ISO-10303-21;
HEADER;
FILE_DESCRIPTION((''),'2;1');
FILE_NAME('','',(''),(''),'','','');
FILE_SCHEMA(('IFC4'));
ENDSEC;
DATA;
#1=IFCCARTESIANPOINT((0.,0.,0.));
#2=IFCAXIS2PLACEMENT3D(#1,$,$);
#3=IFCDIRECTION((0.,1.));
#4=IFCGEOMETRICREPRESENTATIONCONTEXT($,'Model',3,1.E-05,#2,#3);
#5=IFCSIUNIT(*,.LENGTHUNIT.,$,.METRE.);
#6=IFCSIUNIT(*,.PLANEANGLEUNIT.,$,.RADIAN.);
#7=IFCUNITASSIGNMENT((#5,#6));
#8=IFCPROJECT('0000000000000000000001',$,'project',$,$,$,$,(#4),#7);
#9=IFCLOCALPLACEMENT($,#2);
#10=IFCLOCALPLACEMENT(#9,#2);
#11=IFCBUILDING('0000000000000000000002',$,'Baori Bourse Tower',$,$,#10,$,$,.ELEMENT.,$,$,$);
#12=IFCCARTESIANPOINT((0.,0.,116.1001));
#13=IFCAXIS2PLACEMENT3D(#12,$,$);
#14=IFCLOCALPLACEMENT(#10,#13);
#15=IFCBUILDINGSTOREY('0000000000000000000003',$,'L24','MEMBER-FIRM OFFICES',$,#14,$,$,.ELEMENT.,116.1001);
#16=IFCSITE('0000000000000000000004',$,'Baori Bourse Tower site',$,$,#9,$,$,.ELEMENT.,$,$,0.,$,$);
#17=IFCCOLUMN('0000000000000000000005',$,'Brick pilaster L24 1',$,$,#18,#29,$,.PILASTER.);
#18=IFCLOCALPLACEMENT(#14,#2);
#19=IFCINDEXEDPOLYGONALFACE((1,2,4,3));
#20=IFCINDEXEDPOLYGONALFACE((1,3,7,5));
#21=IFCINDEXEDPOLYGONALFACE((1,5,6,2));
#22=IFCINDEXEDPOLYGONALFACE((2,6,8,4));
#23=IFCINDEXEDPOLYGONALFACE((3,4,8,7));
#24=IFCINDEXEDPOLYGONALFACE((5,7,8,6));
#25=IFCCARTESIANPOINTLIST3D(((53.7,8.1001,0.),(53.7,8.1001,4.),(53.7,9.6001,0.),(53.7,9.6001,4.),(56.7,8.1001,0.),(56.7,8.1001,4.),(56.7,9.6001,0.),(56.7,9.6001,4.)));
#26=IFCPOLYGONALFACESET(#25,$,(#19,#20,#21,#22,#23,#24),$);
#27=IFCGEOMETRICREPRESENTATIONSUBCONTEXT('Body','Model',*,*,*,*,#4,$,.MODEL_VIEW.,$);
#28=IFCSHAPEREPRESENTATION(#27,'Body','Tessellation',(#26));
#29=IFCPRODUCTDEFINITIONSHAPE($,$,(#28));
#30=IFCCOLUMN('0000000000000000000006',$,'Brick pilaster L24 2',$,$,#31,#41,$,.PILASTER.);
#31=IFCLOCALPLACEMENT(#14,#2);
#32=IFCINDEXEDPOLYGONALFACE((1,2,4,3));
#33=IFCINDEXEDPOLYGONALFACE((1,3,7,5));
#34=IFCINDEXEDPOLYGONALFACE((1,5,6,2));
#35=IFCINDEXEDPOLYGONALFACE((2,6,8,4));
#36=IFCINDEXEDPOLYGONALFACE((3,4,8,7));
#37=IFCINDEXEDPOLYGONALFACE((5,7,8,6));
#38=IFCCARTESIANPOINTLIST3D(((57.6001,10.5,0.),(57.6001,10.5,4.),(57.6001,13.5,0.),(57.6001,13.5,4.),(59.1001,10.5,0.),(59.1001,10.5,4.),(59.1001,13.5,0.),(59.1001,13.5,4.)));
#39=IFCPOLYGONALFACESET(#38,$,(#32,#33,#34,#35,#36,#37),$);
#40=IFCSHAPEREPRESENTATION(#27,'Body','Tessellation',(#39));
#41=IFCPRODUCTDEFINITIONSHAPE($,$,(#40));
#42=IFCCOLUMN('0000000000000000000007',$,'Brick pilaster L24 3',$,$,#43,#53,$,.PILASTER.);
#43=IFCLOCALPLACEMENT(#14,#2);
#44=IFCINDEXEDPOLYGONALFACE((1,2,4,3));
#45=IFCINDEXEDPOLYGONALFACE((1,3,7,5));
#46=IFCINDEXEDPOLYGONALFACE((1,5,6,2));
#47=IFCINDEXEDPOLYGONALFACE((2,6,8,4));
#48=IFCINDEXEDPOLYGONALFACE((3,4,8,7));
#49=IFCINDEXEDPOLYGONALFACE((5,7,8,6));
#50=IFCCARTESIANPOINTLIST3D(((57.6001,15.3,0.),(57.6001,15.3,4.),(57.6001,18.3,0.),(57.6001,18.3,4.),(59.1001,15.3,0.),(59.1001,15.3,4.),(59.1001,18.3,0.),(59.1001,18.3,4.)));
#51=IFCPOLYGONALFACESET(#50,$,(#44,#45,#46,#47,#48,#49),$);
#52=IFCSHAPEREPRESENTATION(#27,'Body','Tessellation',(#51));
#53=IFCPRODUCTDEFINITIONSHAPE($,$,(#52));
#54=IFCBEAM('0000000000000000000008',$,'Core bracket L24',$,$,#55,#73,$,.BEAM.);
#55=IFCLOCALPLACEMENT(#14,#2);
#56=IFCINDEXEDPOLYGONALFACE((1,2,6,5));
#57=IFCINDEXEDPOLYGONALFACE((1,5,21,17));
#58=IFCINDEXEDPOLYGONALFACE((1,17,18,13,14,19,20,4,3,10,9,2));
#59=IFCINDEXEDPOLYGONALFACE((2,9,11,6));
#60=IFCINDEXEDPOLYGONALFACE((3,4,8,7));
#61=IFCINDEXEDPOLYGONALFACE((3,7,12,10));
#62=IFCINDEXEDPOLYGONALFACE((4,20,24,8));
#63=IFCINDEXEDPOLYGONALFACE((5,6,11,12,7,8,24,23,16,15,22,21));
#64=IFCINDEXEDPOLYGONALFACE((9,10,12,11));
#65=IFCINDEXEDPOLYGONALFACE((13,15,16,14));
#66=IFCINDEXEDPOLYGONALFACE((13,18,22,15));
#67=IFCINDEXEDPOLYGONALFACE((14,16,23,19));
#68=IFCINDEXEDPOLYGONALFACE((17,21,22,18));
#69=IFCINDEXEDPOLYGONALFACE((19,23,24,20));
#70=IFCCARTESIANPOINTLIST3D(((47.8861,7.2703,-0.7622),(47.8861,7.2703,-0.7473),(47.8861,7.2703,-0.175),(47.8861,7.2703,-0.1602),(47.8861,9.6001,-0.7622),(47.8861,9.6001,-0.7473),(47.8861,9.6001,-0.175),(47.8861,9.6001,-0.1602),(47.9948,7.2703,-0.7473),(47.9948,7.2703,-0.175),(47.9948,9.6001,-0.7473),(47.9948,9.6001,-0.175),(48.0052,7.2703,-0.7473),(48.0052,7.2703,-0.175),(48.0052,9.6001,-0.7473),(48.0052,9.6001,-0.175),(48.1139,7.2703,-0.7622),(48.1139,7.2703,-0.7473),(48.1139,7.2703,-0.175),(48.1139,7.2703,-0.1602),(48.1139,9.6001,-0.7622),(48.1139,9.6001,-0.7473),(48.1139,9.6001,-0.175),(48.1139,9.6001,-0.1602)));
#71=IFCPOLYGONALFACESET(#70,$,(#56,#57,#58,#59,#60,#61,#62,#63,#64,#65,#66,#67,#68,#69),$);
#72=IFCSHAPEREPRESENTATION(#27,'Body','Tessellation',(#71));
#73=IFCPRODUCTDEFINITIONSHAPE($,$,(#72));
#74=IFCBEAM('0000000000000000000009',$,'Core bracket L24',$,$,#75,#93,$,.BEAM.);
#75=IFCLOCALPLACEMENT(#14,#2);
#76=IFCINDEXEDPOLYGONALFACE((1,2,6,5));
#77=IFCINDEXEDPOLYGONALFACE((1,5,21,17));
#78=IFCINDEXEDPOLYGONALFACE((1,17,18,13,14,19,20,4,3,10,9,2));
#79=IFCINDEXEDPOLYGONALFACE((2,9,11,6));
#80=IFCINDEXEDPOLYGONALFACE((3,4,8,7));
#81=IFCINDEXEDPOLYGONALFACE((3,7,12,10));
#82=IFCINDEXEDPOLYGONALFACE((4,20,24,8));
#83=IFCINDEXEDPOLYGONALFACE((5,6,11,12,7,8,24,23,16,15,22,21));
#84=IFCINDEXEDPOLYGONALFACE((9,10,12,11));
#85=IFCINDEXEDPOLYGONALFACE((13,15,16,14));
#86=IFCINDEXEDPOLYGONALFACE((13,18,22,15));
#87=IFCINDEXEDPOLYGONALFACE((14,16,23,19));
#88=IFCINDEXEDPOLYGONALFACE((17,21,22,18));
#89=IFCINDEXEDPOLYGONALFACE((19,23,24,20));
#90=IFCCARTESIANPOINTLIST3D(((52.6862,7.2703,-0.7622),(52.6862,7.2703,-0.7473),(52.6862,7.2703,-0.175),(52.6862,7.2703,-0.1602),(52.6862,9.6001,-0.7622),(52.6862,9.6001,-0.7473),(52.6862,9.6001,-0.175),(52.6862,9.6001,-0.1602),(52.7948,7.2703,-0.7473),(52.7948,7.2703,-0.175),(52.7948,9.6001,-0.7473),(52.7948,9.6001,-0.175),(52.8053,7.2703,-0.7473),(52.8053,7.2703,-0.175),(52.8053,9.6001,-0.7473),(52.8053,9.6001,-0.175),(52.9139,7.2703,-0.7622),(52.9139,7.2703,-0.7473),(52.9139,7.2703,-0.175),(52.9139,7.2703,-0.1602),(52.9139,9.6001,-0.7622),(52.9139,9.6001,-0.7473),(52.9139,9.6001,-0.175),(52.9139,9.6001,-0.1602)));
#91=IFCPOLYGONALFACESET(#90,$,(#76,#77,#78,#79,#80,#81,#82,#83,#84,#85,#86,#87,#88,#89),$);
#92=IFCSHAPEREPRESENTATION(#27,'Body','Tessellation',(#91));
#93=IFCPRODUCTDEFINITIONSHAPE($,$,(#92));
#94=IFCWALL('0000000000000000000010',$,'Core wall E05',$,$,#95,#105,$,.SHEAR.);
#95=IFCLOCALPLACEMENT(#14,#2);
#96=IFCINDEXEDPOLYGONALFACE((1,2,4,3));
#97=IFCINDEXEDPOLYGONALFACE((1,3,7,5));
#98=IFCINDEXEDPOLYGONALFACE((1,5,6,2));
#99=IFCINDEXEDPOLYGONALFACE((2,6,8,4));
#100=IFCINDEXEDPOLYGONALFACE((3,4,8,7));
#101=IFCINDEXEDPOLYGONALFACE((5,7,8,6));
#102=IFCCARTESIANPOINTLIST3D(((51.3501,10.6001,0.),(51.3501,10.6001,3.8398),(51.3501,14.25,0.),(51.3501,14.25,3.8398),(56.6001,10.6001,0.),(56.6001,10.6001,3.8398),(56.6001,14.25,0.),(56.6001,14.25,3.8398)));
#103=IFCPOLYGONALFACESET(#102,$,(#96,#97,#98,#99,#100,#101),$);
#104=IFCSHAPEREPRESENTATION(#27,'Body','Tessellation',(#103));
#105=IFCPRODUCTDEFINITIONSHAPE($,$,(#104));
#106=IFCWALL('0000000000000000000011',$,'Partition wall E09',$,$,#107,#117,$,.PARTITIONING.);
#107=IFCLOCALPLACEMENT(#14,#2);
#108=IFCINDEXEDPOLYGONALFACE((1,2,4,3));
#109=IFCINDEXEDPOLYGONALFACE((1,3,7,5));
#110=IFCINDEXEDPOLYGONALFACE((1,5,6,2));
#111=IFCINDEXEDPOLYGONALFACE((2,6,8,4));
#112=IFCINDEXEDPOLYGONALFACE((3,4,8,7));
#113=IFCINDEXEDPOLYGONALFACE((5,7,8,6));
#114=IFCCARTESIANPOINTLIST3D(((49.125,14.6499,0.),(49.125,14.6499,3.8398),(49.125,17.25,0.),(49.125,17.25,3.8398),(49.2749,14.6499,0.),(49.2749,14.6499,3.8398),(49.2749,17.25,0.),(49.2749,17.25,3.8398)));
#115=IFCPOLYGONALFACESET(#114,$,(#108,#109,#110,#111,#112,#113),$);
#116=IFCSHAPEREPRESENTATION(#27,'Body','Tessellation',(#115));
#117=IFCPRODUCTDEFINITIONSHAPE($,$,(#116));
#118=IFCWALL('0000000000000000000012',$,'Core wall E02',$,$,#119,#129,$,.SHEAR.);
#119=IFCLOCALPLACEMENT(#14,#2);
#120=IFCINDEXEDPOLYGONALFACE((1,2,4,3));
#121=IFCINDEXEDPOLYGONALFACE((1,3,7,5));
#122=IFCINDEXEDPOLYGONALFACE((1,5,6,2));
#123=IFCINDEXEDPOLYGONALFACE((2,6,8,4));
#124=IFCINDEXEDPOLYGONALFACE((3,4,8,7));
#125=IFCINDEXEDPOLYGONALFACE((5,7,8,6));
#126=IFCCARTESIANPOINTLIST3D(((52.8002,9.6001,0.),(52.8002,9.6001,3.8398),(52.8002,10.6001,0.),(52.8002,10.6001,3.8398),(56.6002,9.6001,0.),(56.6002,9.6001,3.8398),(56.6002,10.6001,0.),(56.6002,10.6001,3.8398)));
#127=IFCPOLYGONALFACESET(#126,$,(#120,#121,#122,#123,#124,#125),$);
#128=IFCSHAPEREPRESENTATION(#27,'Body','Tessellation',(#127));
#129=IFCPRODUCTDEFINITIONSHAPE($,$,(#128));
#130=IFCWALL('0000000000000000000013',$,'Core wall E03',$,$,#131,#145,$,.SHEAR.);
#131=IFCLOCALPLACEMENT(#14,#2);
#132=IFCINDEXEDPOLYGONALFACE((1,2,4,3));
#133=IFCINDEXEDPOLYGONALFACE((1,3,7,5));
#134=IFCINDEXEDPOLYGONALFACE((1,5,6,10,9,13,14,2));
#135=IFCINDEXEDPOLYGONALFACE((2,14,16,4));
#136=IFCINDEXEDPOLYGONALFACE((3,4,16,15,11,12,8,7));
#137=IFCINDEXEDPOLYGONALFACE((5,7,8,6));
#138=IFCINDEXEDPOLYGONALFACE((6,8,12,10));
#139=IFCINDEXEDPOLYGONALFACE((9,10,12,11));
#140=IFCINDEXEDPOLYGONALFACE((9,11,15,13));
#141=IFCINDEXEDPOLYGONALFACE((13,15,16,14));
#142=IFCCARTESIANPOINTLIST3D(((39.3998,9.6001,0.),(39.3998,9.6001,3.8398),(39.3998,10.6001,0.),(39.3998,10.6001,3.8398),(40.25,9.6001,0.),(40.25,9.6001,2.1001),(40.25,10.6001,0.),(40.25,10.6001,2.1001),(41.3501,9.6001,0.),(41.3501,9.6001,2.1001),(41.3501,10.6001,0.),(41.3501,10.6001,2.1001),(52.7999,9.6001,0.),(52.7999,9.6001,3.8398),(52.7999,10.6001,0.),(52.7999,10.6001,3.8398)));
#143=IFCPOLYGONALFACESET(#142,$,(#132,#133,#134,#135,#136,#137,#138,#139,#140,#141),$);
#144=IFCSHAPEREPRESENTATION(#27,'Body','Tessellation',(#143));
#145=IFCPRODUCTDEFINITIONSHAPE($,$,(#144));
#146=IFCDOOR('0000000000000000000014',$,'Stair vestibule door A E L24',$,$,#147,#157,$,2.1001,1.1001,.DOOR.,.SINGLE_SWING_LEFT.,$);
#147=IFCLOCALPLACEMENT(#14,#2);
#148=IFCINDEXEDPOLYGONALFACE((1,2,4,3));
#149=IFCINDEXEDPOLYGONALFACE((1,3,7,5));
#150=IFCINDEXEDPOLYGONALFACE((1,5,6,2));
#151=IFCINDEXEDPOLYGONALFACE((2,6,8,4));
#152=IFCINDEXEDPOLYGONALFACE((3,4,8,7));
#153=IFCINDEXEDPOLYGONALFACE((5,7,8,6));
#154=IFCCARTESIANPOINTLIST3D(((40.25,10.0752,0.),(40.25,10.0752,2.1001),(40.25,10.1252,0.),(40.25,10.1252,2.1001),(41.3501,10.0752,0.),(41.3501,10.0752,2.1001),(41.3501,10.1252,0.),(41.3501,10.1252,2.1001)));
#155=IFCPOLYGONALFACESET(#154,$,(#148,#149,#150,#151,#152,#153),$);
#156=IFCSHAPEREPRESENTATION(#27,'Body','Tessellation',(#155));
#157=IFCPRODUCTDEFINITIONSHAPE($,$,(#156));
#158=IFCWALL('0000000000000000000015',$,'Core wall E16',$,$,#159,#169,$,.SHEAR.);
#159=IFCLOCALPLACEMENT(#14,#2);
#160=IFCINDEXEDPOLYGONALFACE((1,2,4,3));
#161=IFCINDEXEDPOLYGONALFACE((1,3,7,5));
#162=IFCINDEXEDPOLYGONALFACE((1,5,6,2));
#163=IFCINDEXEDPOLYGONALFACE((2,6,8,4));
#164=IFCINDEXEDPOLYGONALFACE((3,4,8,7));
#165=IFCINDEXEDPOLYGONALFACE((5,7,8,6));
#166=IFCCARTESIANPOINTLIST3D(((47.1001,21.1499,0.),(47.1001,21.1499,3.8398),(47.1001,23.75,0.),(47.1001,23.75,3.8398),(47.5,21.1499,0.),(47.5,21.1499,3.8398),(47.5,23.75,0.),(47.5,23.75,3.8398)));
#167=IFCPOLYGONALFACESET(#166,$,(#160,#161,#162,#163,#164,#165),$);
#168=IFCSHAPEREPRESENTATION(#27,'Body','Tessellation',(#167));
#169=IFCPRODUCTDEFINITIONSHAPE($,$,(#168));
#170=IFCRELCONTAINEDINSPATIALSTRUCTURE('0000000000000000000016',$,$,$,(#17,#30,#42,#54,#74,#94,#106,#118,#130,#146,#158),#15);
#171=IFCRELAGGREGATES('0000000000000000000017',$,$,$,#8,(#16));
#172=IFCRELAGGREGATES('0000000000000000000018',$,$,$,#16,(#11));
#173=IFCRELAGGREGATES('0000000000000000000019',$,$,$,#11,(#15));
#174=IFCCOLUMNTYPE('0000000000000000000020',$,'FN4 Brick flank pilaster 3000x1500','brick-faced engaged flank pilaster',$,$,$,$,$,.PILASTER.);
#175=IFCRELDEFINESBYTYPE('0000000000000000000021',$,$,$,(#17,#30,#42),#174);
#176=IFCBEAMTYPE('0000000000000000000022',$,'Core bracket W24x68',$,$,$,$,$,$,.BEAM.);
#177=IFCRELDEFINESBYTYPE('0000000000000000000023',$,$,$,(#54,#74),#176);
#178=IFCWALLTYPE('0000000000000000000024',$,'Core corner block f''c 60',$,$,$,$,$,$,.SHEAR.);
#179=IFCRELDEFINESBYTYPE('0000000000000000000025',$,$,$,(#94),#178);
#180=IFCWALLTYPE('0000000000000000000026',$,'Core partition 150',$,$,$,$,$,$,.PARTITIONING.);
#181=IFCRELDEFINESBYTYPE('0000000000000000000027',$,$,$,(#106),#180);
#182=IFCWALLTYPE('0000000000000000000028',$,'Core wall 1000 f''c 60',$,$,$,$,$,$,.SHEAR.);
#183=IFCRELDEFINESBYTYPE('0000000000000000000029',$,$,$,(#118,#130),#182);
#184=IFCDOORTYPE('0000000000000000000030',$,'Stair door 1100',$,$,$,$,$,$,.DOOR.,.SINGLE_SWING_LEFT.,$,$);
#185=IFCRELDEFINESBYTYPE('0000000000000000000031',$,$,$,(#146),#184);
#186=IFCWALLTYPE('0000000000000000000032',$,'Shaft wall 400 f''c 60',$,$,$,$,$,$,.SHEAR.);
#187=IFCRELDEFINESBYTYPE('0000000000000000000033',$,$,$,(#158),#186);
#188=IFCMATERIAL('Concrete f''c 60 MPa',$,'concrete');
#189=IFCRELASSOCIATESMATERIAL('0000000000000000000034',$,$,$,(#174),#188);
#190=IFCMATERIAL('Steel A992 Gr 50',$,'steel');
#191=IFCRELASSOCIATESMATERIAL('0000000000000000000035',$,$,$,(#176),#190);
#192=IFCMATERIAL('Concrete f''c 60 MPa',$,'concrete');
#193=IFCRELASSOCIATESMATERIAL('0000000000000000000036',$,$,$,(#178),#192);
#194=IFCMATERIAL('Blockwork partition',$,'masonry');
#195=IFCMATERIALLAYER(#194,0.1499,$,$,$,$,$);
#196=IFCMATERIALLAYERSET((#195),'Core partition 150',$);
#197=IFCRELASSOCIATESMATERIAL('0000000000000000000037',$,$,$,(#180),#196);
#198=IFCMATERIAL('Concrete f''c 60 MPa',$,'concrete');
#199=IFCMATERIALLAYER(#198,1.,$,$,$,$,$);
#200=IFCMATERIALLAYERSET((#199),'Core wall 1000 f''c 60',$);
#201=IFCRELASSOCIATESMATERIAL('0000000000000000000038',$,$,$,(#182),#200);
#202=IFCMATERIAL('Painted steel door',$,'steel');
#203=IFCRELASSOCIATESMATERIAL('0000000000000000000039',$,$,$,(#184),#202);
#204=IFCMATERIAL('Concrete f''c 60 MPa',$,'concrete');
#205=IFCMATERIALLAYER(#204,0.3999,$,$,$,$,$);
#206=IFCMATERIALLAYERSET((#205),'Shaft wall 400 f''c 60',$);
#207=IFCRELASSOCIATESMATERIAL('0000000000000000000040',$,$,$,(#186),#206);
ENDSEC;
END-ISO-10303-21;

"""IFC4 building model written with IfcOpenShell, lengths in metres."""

from ifc_helpers import new_model, si_unit, direction, frame, frame_2d, origin, origin_2d, place, context, subcontext, project, spatial, rectangle, i_section, extrude, material, layer, layer_set, material_profile, profile_set, type_object, element, fill, save


model = new_model("IFC4")

# Units and contexts
model_context = context("Model", 3, precision=1e-05, world=origin(), true_north=direction((0.0, 1.0)))
body_context = subcontext(model_context, "Body", "Model", "MODEL_VIEW")
ifc_project = project(units=[si_unit("LENGTHUNIT", "METRE"), si_unit("PLANEANGLEUNIT", "RADIAN")], contexts=[model_context])

# Site, building, storey
site_placement = place(None, origin())
site = spatial("IfcSite", under=ifc_project, at=site_placement, Name="Baori Bourse Tower site", CompositionType="ELEMENT", RefElevation=0.0)
building_placement = place(site_placement, origin())
building = spatial("IfcBuilding", under=site, at=building_placement, Name="Baori Bourse Tower", CompositionType="ELEMENT")
storey_placement = place(building_placement, frame((0.0, 0.0, 116.1001)))
storey = spatial("IfcBuildingStorey", under=building, at=storey_placement, Name="L24", Description="MEMBER-FIRM OFFICES", CompositionType="ELEMENT", Elevation=116.1001)

# Columns
ifc_material_1 = material(Name="Concrete f'c 60 MPa", Category="concrete")
ifc_material_profile_1 = material_profile(ifc_material_1, rectangle(XDim=3.0, YDim=1.5, at=origin_2d()), Name="RC 3000x1500")
ifc_profile_set_1 = profile_set([ifc_material_profile_1], Name="Concrete f'c 60 MPa")
column_type = type_object("IfcColumnType", Name="FN4 Brick flank pilaster 3000x1500", Description="brick-faced engaged flank pilaster", PredefinedType="PILASTER", material=ifc_profile_set_1)
for number, where, z_axis, x_axis, name in (
    (1, (55.2, 8.8501, 0.0), (0.0, 0.0, 1.0), (1.0, 0.0, 0.0), "Brick pilaster L24 1"),
    (2, (58.3501, 12.0, 0.0), (0.0, 0.0, 1.0), (0.0, 1.0, 0.0), "Brick pilaster L24 2"),
    (3, (58.3501, 16.8, 0.0), (0.0, 0.0, 1.0), (0.0, 1.0, 0.0), "Brick pilaster L24 3"),
):
    element("IfcColumn", number, at=place(storey_placement, frame(where, z_axis=z_axis, x_axis=x_axis)), inside=storey, type_object=column_type, Name=name, PredefinedType="PILASTER", context=body_context, shape_type="SweptSolid", body=[
        extrude(rectangle(XDim=3.0, YDim=1.5, at=origin_2d()), origin(), (0.0, 0.0, 1.0), 4.0),
    ])

# Beams
ifc_material_2 = material(Name="Steel A992 Gr 50", Category="steel")
ifc_material_profile_2 = material_profile(ifc_material_2, i_section(OverallWidth=0.2278, OverallDepth=0.6021, WebThickness=0.0105, FlangeThickness=0.0149, at=origin_2d()), Name="W24x68")
ifc_profile_set_2 = profile_set([ifc_material_profile_2], Name="Steel A992 Gr 50")
beam_type = type_object("IfcBeamType", Name="Core bracket W24x68", PredefinedType="BEAM", material=ifc_profile_set_2)
for number, where, z_axis, x_axis, name in (
    (4, (48.0, 7.2703, -0.4612), (0.0, 1.0, 0.0), (-1.0, 0.0, 0.0), "Core bracket L24"),
    (5, (52.8, 7.2703, -0.4612), (0.0, 1.0, 0.0), (-1.0, 0.0, 0.0), "Core bracket L24"),
):
    element("IfcBeam", number, at=place(storey_placement, frame(where, z_axis=z_axis, x_axis=x_axis)), inside=storey, type_object=beam_type, Name=name, PredefinedType="BEAM", context=body_context, shape_type="SweptSolid", body=[
        extrude(i_section(OverallWidth=0.2278, OverallDepth=0.6021, WebThickness=0.0105, FlangeThickness=0.0149, at=origin_2d()), origin(), (0.0, 0.0, 1.0), 2.3298),
    ])

# Walls
ifc_material_3 = material(Name="Concrete f'c 60 MPa", Category="concrete")
wall_type_1 = type_object("IfcWallType", Name="Core corner block f'c 60", PredefinedType="SHEAR", material=ifc_material_3)
wall_1_placement = place(storey_placement, frame((51.3501, 12.425, 0.0), z_axis=(0.0, 0.0, 1.0), x_axis=(1.0, 0.0, 0.0)))
element("IfcWall", 6, at=wall_1_placement, inside=storey, type_object=wall_type_1, Name="Core wall E05", PredefinedType="SHEAR", context=body_context, shape_type="SweptSolid", body=[
    extrude(rectangle(XDim=5.25, YDim=3.6499, at=frame_2d((2.625, 0.0))), origin(), (0.0, 0.0, 1.0), 3.8398),
])
ifc_material_4 = material(Name="Blockwork partition", Category="masonry")
ifc_layer_1 = layer(ifc_material_4, 0.1499)
ifc_layer_set_1 = layer_set([ifc_layer_1], Name="Core partition 150")
wall_type_2 = type_object("IfcWallType", Name="Core partition 150", PredefinedType="PARTITIONING", material=ifc_layer_set_1)
wall_2_placement = place(storey_placement, frame((49.2, 14.6499, 0.0), z_axis=(0.0, 0.0, 1.0), x_axis=(0.0, 1.0, 0.0)))
element("IfcWall", 7, at=wall_2_placement, inside=storey, type_object=wall_type_2, Name="Partition wall E09", PredefinedType="PARTITIONING", context=body_context, shape_type="SweptSolid", body=[
    extrude(rectangle(XDim=2.6001, YDim=0.1499, at=frame_2d((1.3, 0.0))), origin(), (0.0, 0.0, 1.0), 3.8398),
])
ifc_material_5 = material(Name="Concrete f'c 60 MPa", Category="concrete")
ifc_layer_2 = layer(ifc_material_5, 1.0)
ifc_layer_set_2 = layer_set([ifc_layer_2], Name="Core wall 1000 f'c 60")
wall_type_3 = type_object("IfcWallType", Name="Core wall 1000 f'c 60", PredefinedType="SHEAR", material=ifc_layer_set_2)
wall_3_placement = place(storey_placement, frame((56.6001, 10.1001, 0.0), z_axis=(0.0, 0.0, 1.0), x_axis=(-1.0, 0.0, 0.0)))
element("IfcWall", 8, at=wall_3_placement, inside=storey, type_object=wall_type_3, Name="Core wall E02", PredefinedType="SHEAR", context=body_context, shape_type="SweptSolid", body=[
    extrude(rectangle(XDim=3.8, YDim=1.0, at=frame_2d((1.8999, 0.0))), origin(), (0.0, 0.0, 1.0), 3.8398),
])

# Wall, opening, door
wall_4_placement = place(storey_placement, frame((52.8, 10.1001, 0.0), z_axis=(0.0, 0.0, 1.0), x_axis=(-1.0, 0.0, 0.0)))
wall_4 = element("IfcWall", 9, at=wall_4_placement, inside=storey, type_object=wall_type_3, Name="Core wall E03", PredefinedType="SHEAR", context=body_context, shape_type="SweptSolid", body=[
    extrude(rectangle(XDim=13.4001, YDim=1.0, at=frame_2d((6.7002, 0.0))), origin(), (0.0, 0.0, 1.0), 3.8398),
])
opening_placement = place(wall_4_placement, frame((11.45, 0.0, 0.0)))
opening = element("IfcOpeningElement", 10, at=opening_placement, cuts=wall_4, PredefinedType="OPENING", context=body_context, shape_type="SweptSolid", body=[
    extrude(rectangle(XDim=1.1001, YDim=2.1001, at=frame_2d((0.55, 1.05))), frame((0.0, 0.51, 0.0), z_axis=(0.0, -1.0, 0.0), x_axis=(1.0, 0.0, 0.0)), (0.0, 0.0, 1.0), 1.02),
])
ifc_material_6 = material(Name="Painted steel door", Category="steel")
door_type = type_object("IfcDoorType", Name="Stair door 1100", OperationType="SINGLE_SWING_LEFT", PredefinedType="DOOR", material=ifc_material_6)
door_placement = place(opening_placement, origin())
door = element("IfcDoor", 11, at=door_placement, inside=storey, type_object=door_type, Name="Stair vestibule door A E L24", OperationType="SINGLE_SWING_LEFT", OverallHeight=2.1001, OverallWidth=1.1001, PredefinedType="DOOR", context=body_context, shape_type="SweptSolid", body=[
    extrude(rectangle(XDim=1.1001, YDim=2.1001, at=frame_2d((0.55, 1.05))), frame((0.0, 0.0249, 0.0), z_axis=(0.0, -1.0, 0.0), x_axis=(1.0, 0.0, 0.0)), (0.0, 0.0, 1.0), 0.05),
])
fill(opening, door)

# Wall
ifc_material_7 = material(Name="Concrete f'c 60 MPa", Category="concrete")
ifc_layer_3 = layer(ifc_material_7, 0.3999)
ifc_layer_set_3 = layer_set([ifc_layer_3], Name="Shaft wall 400 f'c 60")
wall_type_4 = type_object("IfcWallType", Name="Shaft wall 400 f'c 60", PredefinedType="SHEAR", material=ifc_layer_set_3)
wall_5_placement = place(storey_placement, frame((47.3, 21.1499, 0.0), z_axis=(0.0, 0.0, 1.0), x_axis=(0.0, 1.0, 0.0)))
element("IfcWall", 12, at=wall_5_placement, inside=storey, type_object=wall_type_4, Name="Core wall E16", PredefinedType="SHEAR", context=body_context, shape_type="SweptSolid", body=[
    extrude(rectangle(XDim=2.6001, YDim=0.3999, at=frame_2d((1.3, 0.0))), origin(), (0.0, 0.0, 1.0), 3.8398),
])

save(model, "model.ifc")
